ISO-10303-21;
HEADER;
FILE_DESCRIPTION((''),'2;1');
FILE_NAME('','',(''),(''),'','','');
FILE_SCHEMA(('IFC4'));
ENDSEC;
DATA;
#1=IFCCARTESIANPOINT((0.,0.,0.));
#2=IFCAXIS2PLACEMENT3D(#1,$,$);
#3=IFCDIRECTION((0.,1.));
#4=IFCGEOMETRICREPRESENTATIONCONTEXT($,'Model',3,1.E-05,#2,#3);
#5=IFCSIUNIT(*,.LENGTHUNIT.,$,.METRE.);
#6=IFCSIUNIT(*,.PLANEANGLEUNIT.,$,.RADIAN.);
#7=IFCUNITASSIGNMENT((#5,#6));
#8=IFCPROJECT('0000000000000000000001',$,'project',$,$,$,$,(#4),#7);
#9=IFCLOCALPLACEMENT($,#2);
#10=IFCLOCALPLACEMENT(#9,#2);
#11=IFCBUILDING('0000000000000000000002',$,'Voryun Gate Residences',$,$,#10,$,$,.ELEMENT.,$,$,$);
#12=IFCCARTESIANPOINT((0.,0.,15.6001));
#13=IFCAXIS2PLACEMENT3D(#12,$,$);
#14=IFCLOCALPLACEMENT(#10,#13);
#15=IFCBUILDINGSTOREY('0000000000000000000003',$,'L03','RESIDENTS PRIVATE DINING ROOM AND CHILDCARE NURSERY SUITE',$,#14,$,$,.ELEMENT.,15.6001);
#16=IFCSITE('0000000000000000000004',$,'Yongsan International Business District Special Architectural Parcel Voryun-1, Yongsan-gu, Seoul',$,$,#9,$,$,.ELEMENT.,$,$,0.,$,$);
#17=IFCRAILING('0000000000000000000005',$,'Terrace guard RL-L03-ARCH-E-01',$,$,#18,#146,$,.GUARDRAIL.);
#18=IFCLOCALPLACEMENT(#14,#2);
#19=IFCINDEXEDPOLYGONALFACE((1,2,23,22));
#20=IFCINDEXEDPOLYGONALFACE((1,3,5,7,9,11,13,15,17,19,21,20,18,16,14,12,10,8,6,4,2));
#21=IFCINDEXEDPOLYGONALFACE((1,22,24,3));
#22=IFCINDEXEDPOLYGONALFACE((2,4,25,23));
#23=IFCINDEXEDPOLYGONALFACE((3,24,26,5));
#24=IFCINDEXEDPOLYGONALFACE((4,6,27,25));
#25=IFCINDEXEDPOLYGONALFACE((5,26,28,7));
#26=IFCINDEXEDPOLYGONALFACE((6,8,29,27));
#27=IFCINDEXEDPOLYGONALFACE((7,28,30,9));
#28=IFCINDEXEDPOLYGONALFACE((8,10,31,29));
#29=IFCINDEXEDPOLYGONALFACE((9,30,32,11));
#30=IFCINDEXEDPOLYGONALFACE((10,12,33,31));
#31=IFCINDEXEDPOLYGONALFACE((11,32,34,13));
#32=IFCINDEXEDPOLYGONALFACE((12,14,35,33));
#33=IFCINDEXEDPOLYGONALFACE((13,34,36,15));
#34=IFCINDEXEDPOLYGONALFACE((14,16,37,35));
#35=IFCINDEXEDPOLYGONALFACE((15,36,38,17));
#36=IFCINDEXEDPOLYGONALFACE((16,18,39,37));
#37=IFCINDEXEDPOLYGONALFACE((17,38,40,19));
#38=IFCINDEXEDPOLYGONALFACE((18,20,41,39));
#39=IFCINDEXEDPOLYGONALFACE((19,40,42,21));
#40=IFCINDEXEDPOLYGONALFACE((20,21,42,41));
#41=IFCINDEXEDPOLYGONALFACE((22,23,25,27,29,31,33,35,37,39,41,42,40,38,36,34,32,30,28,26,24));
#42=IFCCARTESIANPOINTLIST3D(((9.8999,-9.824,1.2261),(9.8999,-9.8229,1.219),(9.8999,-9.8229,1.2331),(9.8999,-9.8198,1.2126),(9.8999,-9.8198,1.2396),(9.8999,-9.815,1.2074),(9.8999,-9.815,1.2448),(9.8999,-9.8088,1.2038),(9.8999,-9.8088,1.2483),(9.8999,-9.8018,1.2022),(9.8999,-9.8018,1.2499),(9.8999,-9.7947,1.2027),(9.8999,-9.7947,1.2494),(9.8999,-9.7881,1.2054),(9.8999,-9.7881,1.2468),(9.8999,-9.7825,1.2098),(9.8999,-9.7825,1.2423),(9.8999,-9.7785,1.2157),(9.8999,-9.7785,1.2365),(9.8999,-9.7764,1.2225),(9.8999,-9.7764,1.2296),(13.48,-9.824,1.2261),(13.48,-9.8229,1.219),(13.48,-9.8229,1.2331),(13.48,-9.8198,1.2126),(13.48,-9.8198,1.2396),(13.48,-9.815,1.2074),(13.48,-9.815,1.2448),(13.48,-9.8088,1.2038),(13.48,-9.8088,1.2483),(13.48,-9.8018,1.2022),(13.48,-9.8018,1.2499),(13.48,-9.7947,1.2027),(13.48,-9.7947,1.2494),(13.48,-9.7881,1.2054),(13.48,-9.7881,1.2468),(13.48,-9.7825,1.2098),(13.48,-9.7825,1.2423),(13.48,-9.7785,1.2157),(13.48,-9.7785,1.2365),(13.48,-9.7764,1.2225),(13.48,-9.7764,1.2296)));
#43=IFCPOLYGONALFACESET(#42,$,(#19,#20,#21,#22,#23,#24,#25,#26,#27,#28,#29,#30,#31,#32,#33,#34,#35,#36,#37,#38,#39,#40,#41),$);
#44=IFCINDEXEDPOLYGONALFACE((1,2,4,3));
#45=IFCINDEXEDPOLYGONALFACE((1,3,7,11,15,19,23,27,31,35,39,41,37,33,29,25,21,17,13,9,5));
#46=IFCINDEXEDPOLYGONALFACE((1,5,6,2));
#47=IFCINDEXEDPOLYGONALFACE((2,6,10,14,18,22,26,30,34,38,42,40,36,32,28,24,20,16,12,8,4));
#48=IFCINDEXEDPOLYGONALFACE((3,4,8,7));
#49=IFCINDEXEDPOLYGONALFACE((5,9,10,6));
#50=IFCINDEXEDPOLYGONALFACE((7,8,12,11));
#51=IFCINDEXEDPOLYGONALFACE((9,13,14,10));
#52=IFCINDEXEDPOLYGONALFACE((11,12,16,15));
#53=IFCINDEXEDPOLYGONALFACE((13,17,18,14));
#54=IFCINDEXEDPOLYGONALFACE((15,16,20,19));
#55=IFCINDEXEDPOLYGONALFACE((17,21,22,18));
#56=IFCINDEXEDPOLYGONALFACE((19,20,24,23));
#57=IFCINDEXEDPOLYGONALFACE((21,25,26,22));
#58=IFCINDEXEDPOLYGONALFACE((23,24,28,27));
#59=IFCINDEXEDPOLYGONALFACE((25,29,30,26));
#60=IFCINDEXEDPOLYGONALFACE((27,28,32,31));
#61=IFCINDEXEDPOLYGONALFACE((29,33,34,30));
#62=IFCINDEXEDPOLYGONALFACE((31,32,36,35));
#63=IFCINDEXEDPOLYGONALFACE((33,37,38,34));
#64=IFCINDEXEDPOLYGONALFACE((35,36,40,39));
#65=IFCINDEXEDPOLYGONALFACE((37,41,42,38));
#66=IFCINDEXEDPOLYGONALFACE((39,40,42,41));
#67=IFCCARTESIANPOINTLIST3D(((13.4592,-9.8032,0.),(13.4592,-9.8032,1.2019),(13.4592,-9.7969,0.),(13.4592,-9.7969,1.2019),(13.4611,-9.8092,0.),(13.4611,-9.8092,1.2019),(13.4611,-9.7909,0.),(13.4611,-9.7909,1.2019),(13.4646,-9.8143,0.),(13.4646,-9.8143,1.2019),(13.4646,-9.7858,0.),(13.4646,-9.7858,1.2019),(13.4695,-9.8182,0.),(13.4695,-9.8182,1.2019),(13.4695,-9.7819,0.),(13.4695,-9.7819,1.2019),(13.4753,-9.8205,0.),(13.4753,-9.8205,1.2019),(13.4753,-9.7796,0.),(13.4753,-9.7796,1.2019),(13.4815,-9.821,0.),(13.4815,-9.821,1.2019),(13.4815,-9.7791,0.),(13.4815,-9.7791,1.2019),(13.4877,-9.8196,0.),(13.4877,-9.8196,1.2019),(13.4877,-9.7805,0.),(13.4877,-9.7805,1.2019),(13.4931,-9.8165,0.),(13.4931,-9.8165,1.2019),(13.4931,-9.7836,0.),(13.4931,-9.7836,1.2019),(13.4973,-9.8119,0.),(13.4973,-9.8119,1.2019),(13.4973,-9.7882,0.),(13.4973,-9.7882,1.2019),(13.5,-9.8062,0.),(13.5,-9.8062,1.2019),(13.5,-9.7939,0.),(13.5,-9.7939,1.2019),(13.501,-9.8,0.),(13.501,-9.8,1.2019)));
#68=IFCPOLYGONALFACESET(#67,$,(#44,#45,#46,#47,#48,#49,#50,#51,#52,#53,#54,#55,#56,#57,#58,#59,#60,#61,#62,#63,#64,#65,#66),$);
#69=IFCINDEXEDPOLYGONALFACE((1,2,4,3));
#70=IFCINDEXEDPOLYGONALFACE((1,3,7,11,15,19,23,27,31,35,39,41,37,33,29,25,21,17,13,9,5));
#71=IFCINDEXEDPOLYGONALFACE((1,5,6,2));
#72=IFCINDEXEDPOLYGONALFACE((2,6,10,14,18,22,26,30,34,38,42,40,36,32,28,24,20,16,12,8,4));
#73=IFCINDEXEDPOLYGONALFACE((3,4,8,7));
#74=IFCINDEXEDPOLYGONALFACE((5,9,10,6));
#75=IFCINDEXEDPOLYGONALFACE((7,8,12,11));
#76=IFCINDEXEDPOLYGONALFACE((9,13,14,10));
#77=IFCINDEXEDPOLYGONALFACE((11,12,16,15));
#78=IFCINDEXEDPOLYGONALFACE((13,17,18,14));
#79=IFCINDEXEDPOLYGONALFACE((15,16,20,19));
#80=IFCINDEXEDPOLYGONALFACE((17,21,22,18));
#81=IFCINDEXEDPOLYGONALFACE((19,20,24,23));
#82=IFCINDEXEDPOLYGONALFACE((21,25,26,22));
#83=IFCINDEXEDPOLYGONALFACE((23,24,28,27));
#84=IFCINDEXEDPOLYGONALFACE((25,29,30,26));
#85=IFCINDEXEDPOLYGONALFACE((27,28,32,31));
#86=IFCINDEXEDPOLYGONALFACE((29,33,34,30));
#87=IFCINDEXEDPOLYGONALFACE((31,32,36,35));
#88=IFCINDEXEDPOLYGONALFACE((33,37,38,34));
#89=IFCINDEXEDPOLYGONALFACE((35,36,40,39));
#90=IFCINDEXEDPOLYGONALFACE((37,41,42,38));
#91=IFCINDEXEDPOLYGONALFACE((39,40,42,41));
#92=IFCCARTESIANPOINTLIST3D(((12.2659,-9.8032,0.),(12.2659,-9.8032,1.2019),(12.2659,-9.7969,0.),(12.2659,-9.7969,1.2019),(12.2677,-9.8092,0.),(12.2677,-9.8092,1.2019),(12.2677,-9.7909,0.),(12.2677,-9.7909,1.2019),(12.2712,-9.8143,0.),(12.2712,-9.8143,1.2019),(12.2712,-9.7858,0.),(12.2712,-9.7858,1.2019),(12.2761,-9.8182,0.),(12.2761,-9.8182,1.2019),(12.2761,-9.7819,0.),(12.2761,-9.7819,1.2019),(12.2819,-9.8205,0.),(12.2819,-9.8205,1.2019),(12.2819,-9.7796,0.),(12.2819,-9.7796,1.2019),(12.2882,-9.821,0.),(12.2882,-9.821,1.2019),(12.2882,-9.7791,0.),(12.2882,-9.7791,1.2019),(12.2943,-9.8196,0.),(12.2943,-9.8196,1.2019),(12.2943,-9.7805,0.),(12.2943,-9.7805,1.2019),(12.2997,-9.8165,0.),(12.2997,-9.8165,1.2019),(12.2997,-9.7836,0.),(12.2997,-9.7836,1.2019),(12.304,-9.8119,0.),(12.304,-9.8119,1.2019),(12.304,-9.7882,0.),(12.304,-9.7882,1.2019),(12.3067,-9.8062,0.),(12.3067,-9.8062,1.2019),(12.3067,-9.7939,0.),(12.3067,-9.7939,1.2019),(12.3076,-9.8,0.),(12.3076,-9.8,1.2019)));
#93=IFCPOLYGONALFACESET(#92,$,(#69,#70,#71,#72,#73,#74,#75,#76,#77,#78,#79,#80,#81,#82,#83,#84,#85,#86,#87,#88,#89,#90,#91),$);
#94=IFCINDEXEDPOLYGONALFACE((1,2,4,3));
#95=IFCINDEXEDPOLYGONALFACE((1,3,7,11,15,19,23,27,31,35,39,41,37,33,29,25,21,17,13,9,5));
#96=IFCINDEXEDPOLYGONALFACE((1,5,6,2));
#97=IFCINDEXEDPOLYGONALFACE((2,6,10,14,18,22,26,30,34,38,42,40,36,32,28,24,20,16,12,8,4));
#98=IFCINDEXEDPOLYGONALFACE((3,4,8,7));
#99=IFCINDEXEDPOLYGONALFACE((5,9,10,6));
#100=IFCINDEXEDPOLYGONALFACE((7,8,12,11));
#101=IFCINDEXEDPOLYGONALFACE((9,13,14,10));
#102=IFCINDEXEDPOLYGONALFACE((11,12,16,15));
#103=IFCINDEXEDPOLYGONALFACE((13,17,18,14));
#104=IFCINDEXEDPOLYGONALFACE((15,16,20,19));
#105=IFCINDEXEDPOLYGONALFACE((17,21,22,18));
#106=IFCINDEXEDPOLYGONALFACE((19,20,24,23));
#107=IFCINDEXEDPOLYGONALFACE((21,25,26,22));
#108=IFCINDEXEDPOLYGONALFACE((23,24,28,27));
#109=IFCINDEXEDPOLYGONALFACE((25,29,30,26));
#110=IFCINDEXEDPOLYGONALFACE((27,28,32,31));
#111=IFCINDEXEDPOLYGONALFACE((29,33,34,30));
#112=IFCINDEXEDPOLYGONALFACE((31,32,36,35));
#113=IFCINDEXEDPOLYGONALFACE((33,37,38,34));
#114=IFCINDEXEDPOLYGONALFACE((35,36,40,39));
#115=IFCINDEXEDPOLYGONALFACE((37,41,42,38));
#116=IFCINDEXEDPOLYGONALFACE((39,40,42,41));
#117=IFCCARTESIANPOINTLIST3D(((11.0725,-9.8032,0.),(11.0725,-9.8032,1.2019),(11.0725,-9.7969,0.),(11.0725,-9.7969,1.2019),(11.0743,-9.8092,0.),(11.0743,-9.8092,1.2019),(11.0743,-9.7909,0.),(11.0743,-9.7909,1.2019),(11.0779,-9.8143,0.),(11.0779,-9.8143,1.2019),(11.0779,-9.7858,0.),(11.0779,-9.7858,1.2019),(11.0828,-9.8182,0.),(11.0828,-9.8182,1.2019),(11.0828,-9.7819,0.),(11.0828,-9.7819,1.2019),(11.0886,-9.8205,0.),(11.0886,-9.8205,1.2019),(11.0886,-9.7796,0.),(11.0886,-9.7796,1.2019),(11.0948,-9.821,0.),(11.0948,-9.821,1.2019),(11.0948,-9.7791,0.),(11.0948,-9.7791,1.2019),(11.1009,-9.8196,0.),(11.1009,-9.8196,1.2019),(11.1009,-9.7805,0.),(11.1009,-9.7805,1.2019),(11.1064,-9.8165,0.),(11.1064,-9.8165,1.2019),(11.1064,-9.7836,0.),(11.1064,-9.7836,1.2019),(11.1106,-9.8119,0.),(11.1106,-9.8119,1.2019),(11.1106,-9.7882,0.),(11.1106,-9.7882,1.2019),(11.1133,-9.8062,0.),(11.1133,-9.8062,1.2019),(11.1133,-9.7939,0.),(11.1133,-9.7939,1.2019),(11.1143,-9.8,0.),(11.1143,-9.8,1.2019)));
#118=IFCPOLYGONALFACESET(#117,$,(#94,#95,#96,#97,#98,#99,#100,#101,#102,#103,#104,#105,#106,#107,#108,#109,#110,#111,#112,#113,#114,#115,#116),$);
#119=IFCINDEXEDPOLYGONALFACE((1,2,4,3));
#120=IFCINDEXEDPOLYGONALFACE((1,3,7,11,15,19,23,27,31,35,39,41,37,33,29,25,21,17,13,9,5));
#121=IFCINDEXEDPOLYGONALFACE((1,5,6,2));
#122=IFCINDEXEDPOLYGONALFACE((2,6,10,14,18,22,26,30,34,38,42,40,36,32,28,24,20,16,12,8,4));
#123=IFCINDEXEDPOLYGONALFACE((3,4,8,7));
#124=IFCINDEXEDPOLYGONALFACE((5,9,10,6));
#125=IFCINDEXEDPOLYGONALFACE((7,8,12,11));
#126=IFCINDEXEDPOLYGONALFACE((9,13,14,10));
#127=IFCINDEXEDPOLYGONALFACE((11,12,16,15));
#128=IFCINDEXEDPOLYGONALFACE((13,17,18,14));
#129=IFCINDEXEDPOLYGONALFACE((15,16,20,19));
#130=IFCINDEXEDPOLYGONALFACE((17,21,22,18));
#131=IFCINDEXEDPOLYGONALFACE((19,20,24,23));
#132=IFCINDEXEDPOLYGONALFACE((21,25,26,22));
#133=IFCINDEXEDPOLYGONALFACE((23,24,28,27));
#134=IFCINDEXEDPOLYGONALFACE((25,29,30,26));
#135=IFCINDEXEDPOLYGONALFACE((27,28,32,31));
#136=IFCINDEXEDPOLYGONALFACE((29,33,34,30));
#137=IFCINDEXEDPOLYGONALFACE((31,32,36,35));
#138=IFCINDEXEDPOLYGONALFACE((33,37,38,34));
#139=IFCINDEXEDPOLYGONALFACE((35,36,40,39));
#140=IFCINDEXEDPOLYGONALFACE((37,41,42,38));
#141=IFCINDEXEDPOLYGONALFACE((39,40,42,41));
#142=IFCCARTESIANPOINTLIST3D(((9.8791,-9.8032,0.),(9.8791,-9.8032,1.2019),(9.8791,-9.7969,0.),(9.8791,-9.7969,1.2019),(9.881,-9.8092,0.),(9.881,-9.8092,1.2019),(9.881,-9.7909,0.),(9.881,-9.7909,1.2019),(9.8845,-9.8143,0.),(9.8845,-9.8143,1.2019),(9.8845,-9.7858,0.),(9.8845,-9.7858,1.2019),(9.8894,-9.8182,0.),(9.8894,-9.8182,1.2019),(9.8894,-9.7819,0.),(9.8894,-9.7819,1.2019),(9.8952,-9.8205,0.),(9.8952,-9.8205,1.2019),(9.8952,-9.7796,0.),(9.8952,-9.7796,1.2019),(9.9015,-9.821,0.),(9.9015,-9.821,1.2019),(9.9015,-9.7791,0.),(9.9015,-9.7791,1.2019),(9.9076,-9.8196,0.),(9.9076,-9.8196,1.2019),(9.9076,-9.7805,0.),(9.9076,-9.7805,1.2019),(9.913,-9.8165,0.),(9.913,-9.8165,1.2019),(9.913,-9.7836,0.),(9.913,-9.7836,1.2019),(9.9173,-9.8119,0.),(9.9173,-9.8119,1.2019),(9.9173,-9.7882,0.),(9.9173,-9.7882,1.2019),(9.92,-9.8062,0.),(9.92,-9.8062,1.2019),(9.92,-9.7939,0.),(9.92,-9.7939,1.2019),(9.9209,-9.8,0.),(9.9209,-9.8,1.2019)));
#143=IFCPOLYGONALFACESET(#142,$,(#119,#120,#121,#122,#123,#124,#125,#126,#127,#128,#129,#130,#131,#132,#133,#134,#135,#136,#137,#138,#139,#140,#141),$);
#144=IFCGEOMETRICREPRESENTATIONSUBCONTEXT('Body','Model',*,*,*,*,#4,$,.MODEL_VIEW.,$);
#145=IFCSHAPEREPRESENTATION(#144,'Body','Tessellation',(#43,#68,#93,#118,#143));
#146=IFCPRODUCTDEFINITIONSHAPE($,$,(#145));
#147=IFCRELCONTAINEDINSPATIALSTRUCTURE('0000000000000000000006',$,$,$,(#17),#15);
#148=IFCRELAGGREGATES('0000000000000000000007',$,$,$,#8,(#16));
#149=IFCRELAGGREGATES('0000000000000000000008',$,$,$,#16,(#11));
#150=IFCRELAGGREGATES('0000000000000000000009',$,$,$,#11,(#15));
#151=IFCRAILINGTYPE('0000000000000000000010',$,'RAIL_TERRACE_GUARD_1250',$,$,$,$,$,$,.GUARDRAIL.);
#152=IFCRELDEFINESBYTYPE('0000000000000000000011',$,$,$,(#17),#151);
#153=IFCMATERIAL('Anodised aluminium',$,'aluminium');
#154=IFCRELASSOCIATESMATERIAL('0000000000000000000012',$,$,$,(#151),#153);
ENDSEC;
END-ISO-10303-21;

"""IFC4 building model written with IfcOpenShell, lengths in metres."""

from ifc_helpers import new_model, si_unit, direction, frame, origin, origin_2d, place, context, subcontext, project, spatial, circle, extrude, material, type_object, element, save


model = new_model("IFC4")

# Units and contexts
model_context = context("Model", 3, precision=1e-05, world=origin(), true_north=direction((0.0, 1.0)))
body_context = subcontext(model_context, "Body", "Model", "MODEL_VIEW")
ifc_project = project(units=[si_unit("LENGTHUNIT", "METRE"), si_unit("PLANEANGLEUNIT", "RADIAN")], contexts=[model_context])

# Site, building, storey
site_placement = place(None, origin())
site = spatial("IfcSite", under=ifc_project, at=site_placement, Name="Yongsan International Business District Special Architectural Parcel Voryun-1, Yongsan-gu, Seoul", CompositionType="ELEMENT", RefElevation=0.0)
building_placement = place(site_placement, origin())
building = spatial("IfcBuilding", under=site, at=building_placement, Name="Voryun Gate Residences", CompositionType="ELEMENT")
storey_placement = place(building_placement, frame((0.0, 0.0, 15.6001)))
storey = spatial("IfcBuildingStorey", under=building, at=storey_placement, Name="L03", Description="RESIDENTS PRIVATE DINING ROOM AND CHILDCARE NURSERY SUITE", CompositionType="ELEMENT", Elevation=15.6001)

# Railing
ifc_material_1 = material(Name="Anodised aluminium", Category="aluminium")
railing_type = type_object("IfcRailingType", Name="RAIL_TERRACE_GUARD_1250", PredefinedType="GUARDRAIL", material=ifc_material_1)
railing_1_placement = place(storey_placement, frame((13.48, -9.8, 0.0)))
element("IfcRailing", 1, at=railing_1_placement, inside=storey, type_object=railing_type, Name="Terrace guard RL-L03-ARCH-E-01", PredefinedType="GUARDRAIL", context=body_context, shape_type="SweptSolid", body=[
    extrude(circle(Radius=0.0239, at=origin_2d()), frame((0.0, 0.0, 1.2261), z_axis=(-1.0, 0.0, 0.0), x_axis=(0.0, -1.0, 0.0)), (0.0, 0.0, 1.0), 3.5801),
    extrude(circle(Radius=0.021, at=origin_2d()), origin(), (0.0, 0.0, 1.0), 1.2019),
    extrude(circle(Radius=0.021, at=origin_2d()), frame((-1.1934, 0.0, 0.0)), (0.0, 0.0, 1.0), 1.2019),
    extrude(circle(Radius=0.021, at=origin_2d()), frame((-2.3867, 0.0, 0.0)), (0.0, 0.0, 1.0), 1.2019),
    extrude(circle(Radius=0.021, at=origin_2d()), frame((-3.5801, 0.0, 0.0)), (0.0, 0.0, 1.0), 1.2019),
])

save(model, "model.ifc")
